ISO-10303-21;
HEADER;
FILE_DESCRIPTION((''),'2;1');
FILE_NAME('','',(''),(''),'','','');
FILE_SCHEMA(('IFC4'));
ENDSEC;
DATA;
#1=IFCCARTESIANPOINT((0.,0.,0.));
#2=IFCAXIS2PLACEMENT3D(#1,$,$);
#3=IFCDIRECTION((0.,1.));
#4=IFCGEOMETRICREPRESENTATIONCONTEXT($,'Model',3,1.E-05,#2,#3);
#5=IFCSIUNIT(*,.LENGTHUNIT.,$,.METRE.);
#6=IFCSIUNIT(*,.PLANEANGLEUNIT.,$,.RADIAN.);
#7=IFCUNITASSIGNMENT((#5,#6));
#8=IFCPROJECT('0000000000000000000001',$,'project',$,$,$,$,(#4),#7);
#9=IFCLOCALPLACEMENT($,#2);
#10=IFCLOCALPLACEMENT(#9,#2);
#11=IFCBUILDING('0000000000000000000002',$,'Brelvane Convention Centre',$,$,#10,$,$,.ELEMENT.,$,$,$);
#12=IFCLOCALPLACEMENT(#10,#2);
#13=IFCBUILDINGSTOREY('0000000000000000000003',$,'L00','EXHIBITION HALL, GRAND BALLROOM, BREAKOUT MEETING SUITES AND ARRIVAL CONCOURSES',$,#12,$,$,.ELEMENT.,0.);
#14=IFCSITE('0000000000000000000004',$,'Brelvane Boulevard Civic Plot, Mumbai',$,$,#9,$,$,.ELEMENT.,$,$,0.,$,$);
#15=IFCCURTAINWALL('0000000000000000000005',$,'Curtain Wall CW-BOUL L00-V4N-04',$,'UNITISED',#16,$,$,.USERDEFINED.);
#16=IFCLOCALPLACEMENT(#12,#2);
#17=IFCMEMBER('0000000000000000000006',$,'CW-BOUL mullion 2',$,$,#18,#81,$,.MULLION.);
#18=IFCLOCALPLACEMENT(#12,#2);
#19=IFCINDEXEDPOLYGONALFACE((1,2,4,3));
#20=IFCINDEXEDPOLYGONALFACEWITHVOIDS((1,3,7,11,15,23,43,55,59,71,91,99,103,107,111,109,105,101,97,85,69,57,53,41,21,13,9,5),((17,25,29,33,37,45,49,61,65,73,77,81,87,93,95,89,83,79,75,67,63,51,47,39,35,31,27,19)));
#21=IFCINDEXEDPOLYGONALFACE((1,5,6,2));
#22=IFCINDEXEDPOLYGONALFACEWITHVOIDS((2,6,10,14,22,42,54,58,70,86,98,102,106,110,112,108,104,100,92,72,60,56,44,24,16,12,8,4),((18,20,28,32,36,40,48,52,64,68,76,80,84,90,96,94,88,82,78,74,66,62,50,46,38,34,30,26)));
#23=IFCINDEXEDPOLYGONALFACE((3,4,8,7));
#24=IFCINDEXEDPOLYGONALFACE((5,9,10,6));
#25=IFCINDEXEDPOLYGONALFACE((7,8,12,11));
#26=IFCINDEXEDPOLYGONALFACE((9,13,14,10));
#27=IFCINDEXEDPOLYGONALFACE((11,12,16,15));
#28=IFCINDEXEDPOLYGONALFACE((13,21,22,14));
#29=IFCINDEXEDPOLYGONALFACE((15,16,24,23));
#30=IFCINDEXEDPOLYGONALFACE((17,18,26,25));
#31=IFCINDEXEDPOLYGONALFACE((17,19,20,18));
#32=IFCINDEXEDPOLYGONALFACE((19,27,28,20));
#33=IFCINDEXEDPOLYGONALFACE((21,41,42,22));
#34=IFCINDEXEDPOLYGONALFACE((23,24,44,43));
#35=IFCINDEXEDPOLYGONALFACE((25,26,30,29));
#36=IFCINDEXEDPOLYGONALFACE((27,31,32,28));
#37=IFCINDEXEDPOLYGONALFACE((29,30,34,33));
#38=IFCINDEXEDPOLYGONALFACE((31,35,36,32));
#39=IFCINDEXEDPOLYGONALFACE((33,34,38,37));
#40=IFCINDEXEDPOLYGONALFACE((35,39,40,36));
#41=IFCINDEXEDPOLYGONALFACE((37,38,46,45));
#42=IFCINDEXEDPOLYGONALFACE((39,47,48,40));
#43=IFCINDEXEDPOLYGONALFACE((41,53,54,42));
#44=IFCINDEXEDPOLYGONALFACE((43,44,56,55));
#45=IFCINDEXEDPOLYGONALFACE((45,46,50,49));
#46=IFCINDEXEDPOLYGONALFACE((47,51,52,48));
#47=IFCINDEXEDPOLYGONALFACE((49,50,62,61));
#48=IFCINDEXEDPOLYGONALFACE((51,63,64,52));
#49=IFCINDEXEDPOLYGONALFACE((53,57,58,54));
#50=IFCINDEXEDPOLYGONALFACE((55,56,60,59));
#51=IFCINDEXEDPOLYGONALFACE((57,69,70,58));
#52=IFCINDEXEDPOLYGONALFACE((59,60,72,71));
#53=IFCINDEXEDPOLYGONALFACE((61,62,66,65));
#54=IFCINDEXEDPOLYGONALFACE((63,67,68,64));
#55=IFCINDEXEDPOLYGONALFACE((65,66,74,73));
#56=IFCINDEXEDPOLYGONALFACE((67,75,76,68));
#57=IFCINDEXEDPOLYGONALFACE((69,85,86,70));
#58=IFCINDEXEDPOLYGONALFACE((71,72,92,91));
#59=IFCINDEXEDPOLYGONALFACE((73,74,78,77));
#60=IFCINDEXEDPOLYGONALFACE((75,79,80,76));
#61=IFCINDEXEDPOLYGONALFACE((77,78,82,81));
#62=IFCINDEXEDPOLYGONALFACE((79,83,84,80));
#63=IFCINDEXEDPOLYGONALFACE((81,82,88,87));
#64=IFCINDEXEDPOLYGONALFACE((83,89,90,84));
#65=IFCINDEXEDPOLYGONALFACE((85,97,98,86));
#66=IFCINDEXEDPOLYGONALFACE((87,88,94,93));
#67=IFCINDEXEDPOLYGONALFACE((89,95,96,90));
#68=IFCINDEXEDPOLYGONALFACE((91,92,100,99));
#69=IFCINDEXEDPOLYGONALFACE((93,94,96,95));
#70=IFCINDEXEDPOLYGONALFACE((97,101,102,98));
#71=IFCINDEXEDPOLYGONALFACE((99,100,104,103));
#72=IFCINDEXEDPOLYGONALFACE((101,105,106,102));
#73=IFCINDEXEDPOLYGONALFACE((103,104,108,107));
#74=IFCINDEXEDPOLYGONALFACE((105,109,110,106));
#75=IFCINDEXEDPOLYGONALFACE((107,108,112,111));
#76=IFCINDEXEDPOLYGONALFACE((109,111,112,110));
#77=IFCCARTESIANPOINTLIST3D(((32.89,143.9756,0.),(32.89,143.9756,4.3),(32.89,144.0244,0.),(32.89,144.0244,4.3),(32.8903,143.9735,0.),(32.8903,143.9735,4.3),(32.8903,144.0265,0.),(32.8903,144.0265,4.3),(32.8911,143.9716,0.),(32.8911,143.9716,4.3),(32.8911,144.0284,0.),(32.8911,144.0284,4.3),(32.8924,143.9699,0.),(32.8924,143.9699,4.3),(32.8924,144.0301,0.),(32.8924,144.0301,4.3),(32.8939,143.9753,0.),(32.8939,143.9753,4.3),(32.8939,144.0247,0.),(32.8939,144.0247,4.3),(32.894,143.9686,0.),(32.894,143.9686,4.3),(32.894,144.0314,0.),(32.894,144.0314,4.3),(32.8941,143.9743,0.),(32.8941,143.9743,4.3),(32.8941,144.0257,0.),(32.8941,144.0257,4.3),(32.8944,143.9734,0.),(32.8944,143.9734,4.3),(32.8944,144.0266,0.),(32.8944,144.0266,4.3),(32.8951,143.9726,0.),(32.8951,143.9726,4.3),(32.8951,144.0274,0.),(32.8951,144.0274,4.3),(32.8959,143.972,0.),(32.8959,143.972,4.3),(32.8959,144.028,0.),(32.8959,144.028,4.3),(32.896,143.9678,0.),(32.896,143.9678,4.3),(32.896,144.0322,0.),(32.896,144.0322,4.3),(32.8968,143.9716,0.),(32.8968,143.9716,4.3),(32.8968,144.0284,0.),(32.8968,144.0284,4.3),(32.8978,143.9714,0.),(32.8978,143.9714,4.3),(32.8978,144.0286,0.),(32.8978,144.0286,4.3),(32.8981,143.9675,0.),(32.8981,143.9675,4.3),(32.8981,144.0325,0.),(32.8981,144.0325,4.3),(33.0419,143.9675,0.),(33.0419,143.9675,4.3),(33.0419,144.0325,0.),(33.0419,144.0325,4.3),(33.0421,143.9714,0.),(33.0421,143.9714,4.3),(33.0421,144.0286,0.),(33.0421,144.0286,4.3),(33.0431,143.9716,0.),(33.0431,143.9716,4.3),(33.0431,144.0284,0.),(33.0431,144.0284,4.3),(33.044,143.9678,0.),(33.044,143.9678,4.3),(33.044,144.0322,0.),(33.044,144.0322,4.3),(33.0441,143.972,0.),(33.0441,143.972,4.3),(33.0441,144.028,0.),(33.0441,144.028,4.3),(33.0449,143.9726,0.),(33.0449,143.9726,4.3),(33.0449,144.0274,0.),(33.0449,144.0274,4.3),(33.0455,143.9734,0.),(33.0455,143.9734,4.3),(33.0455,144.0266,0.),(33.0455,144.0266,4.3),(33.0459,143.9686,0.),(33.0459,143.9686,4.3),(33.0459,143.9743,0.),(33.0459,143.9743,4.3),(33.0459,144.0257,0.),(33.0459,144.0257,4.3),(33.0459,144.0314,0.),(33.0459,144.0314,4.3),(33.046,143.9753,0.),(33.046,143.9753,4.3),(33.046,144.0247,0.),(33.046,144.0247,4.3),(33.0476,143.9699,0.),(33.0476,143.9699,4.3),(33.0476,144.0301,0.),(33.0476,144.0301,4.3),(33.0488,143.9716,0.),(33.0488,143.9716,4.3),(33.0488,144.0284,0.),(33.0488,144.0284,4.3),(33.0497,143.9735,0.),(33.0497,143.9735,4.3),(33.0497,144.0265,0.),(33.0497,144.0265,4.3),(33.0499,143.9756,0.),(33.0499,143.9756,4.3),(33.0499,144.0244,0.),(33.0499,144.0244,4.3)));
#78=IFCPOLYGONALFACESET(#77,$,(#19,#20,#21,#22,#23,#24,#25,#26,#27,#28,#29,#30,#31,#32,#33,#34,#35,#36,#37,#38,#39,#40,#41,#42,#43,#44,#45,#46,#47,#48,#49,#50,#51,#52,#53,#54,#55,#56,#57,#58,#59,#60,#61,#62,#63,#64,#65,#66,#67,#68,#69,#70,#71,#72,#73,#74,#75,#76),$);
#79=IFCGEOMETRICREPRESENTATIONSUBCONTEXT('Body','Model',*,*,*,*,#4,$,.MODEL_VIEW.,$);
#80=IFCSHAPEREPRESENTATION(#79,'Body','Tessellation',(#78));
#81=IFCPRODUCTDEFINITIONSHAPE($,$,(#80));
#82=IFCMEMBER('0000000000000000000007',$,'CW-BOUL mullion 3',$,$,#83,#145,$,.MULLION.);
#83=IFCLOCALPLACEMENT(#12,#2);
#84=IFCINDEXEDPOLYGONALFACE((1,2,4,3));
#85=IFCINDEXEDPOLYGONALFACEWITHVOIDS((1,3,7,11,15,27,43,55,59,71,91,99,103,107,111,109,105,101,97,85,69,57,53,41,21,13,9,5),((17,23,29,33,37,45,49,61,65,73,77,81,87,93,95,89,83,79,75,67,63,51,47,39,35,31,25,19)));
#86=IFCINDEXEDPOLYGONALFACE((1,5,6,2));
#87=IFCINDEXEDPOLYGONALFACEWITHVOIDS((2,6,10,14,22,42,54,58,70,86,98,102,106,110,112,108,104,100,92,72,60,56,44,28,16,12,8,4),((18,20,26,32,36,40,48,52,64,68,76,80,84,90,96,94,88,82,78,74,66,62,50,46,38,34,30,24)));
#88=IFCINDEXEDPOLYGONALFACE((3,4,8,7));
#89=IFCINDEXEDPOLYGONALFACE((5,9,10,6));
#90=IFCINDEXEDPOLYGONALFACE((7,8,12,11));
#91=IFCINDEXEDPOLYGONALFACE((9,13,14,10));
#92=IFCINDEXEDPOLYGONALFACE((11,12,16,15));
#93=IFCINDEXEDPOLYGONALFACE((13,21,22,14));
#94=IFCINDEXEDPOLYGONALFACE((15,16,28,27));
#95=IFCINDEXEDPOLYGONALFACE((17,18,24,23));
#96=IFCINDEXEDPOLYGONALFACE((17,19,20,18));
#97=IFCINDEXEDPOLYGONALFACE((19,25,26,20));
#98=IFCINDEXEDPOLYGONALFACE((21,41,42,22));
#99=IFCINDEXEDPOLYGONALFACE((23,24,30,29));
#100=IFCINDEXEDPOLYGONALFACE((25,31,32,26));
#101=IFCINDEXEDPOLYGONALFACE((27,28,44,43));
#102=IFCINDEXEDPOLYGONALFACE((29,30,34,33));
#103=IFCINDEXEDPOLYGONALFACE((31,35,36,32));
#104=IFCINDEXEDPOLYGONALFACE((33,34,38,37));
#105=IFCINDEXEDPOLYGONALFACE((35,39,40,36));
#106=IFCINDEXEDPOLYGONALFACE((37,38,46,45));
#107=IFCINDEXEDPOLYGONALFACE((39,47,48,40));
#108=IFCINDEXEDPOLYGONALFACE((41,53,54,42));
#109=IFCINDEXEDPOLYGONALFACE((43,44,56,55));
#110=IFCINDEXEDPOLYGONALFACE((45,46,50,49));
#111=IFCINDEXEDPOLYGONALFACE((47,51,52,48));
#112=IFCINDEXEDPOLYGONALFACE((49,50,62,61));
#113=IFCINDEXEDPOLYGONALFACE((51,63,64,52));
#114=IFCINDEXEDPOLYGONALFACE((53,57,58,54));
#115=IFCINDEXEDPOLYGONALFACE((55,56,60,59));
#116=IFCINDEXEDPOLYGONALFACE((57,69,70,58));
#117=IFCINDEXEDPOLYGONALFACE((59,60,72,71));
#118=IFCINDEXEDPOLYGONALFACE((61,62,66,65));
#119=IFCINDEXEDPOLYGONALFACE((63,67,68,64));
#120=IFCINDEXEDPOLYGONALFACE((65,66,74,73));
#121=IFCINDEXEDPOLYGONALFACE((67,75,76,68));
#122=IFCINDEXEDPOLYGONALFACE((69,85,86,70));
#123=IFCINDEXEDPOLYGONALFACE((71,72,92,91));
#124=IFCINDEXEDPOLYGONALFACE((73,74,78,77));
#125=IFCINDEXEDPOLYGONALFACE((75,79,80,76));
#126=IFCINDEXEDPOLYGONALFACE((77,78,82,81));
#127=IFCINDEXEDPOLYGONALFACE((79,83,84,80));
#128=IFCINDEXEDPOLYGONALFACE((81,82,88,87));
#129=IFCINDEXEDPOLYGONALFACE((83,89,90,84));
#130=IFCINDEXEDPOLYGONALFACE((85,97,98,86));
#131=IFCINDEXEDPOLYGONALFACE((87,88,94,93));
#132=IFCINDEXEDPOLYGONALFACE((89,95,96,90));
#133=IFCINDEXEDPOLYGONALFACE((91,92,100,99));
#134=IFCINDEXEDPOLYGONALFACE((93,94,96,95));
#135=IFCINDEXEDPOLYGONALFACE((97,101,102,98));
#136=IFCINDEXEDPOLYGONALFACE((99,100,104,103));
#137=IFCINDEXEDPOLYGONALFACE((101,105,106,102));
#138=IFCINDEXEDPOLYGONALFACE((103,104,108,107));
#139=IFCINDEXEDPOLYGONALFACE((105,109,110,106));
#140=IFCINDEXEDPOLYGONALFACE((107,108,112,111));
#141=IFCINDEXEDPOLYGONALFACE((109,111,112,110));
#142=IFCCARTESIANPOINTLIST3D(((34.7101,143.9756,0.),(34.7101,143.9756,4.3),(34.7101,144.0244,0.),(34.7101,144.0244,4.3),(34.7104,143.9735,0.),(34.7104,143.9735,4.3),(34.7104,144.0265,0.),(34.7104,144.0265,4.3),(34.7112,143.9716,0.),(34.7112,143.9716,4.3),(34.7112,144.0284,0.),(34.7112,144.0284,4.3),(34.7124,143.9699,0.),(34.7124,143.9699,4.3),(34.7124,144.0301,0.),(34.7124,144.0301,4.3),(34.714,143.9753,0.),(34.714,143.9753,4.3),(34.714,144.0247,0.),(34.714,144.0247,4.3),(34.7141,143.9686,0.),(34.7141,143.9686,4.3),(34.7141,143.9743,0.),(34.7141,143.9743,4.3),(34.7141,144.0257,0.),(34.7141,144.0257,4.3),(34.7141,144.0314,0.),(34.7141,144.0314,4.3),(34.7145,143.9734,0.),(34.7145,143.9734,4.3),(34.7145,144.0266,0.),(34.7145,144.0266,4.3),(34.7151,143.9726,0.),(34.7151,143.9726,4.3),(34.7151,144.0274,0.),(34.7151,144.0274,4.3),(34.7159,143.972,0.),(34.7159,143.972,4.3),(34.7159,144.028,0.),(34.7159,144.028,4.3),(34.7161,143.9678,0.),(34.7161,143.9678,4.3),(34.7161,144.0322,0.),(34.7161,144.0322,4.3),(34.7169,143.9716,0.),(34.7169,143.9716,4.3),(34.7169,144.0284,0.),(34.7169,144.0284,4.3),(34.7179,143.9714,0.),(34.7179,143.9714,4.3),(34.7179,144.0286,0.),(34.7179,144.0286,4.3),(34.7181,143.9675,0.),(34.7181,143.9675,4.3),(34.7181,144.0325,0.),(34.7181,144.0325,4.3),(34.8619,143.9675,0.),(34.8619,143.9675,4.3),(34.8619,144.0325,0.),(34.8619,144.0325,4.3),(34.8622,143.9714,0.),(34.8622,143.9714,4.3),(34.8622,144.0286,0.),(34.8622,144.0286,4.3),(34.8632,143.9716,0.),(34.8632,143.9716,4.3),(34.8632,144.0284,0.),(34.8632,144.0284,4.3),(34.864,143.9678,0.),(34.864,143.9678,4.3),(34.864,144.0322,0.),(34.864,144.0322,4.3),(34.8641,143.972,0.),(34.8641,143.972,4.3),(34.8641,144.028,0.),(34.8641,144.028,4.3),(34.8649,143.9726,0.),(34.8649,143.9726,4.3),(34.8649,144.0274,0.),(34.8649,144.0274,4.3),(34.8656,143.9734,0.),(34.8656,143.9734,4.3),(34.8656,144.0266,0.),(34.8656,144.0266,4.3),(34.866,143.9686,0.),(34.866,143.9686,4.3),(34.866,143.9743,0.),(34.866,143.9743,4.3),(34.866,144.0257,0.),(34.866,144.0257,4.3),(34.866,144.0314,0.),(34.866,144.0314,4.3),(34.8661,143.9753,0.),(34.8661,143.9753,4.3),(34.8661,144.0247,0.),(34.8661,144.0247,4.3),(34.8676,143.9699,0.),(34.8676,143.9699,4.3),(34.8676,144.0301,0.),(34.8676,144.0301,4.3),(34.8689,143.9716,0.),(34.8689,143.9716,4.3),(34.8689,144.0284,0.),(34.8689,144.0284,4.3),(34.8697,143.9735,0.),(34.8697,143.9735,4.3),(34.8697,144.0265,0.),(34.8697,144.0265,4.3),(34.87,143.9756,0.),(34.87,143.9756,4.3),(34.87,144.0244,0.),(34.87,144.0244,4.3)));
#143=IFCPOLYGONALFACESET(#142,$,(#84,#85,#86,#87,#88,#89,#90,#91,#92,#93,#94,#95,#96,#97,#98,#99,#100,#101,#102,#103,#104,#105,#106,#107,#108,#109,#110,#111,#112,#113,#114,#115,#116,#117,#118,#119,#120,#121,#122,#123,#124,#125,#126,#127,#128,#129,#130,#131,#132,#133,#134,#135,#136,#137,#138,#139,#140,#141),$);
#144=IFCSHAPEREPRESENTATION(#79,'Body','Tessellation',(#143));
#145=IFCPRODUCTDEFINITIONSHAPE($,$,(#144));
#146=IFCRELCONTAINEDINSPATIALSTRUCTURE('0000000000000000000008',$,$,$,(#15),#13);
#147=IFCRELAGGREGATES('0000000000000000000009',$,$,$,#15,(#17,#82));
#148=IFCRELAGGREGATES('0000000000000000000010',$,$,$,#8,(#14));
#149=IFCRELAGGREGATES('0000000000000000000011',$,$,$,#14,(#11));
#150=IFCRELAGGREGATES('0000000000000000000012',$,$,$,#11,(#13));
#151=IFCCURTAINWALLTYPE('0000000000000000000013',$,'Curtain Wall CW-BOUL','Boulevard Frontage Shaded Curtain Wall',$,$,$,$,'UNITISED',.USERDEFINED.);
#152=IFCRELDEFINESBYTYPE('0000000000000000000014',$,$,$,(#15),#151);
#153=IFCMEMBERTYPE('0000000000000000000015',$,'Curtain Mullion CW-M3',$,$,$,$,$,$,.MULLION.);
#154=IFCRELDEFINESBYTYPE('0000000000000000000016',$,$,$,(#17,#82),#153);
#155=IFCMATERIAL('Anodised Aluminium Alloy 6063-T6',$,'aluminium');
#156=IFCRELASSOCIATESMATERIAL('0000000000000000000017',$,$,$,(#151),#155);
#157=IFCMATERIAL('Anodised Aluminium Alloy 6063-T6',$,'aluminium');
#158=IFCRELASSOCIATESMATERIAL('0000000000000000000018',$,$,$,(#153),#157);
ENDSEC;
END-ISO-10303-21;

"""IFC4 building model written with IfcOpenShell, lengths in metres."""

from ifc_helpers import new_model, si_unit, direction, frame, origin, origin_2d, place, context, subcontext, project, spatial, hollow_rectangle, extrude, material, material_profile, profile_set, type_object, element, aggregate, save


model = new_model("IFC4")

# Units and contexts
model_context = context("Model", 3, precision=1e-05, world=origin(), true_north=direction((0.0, 1.0)))
body_context = subcontext(model_context, "Body", "Model", "MODEL_VIEW")
ifc_project = project(units=[si_unit("LENGTHUNIT", "METRE"), si_unit("PLANEANGLEUNIT", "RADIAN")], contexts=[model_context])

# Site, building, storey
site_placement = place(None, origin())
site = spatial("IfcSite", under=ifc_project, at=site_placement, Name="Brelvane Boulevard Civic Plot, Mumbai", CompositionType="ELEMENT", RefElevation=0.0)
building_placement = place(site_placement, origin())
building = spatial("IfcBuilding", under=site, at=building_placement, Name="Brelvane Convention Centre", CompositionType="ELEMENT")
storey_placement = place(building_placement, origin())
storey = spatial("IfcBuildingStorey", under=building, at=storey_placement, Name="L00", Description="EXHIBITION HALL, GRAND BALLROOM, BREAKOUT MEETING SUITES AND ARRIVAL CONCOURSES", CompositionType="ELEMENT", Elevation=0.0)

# Curtain wall, members
ifc_material_1 = material(Name="Anodised Aluminium Alloy 6063-T6", Category="aluminium")
curtain_wall_type = type_object("IfcCurtainWallType", Name="Curtain Wall CW-BOUL", Description="Boulevard Frontage Shaded Curtain Wall", ElementType="UNITISED", PredefinedType="USERDEFINED", material=ifc_material_1)
curtain_wall_placement = place(storey_placement, origin())
curtain_wall = element("IfcCurtainWall", 1, at=curtain_wall_placement, inside=storey, type_object=curtain_wall_type, Name="Curtain Wall CW-BOUL L00-V4N-04", ObjectType="UNITISED", PredefinedType="USERDEFINED")
ifc_material_2 = material(Name="Anodised Aluminium Alloy 6063-T6", Category="aluminium")
ifc_material_profile_1 = material_profile(ifc_material_2, hollow_rectangle(XDim=0.0649, YDim=0.1599, WallThickness=0.0039, InnerFilletRadius=0.0039, OuterFilletRadius=0.0081, at=origin_2d()), Name="ALU-M 160x65x4.0")
ifc_profile_set_1 = profile_set([ifc_material_profile_1], Name="Anodised Aluminium Alloy 6063-T6")
member_type_1 = type_object("IfcMemberType", Name="Curtain Mullion CW-M3", PredefinedType="MULLION", material=ifc_profile_set_1)
member_1_placement = place(storey_placement, frame((32.97, 144.0, 0.0), z_axis=(0.0, 0.0, 1.0), x_axis=(0.0, 1.0, 0.0)))
member_1 = element("IfcMember", 2, at=member_1_placement, type_object=member_type_1, Name="CW-BOUL mullion 2", PredefinedType="MULLION", context=body_context, shape_type="SweptSolid", body=[
    extrude(hollow_rectangle(XDim=0.0649, YDim=0.1599, WallThickness=0.0039, InnerFilletRadius=0.0039, OuterFilletRadius=0.0081, at=origin_2d()), origin(), (0.0, 0.0, 1.0), 4.3),
])
member_2_placement = place(storey_placement, frame((34.79, 144.0, 0.0), z_axis=(0.0, 0.0, 1.0), x_axis=(0.0, 1.0, 0.0)))
member_2 = element("IfcMember", 3, at=member_2_placement, type_object=member_type_1, Name="CW-BOUL mullion 3", PredefinedType="MULLION", context=body_context, shape_type="SweptSolid", body=[
    extrude(hollow_rectangle(XDim=0.0649, YDim=0.1599, WallThickness=0.0039, InnerFilletRadius=0.0039, OuterFilletRadius=0.0081, at=origin_2d()), origin(), (0.0, 0.0, 1.0), 4.3),
])
aggregate(curtain_wall, [member_1, member_2])

save(model, "model.ifc")
